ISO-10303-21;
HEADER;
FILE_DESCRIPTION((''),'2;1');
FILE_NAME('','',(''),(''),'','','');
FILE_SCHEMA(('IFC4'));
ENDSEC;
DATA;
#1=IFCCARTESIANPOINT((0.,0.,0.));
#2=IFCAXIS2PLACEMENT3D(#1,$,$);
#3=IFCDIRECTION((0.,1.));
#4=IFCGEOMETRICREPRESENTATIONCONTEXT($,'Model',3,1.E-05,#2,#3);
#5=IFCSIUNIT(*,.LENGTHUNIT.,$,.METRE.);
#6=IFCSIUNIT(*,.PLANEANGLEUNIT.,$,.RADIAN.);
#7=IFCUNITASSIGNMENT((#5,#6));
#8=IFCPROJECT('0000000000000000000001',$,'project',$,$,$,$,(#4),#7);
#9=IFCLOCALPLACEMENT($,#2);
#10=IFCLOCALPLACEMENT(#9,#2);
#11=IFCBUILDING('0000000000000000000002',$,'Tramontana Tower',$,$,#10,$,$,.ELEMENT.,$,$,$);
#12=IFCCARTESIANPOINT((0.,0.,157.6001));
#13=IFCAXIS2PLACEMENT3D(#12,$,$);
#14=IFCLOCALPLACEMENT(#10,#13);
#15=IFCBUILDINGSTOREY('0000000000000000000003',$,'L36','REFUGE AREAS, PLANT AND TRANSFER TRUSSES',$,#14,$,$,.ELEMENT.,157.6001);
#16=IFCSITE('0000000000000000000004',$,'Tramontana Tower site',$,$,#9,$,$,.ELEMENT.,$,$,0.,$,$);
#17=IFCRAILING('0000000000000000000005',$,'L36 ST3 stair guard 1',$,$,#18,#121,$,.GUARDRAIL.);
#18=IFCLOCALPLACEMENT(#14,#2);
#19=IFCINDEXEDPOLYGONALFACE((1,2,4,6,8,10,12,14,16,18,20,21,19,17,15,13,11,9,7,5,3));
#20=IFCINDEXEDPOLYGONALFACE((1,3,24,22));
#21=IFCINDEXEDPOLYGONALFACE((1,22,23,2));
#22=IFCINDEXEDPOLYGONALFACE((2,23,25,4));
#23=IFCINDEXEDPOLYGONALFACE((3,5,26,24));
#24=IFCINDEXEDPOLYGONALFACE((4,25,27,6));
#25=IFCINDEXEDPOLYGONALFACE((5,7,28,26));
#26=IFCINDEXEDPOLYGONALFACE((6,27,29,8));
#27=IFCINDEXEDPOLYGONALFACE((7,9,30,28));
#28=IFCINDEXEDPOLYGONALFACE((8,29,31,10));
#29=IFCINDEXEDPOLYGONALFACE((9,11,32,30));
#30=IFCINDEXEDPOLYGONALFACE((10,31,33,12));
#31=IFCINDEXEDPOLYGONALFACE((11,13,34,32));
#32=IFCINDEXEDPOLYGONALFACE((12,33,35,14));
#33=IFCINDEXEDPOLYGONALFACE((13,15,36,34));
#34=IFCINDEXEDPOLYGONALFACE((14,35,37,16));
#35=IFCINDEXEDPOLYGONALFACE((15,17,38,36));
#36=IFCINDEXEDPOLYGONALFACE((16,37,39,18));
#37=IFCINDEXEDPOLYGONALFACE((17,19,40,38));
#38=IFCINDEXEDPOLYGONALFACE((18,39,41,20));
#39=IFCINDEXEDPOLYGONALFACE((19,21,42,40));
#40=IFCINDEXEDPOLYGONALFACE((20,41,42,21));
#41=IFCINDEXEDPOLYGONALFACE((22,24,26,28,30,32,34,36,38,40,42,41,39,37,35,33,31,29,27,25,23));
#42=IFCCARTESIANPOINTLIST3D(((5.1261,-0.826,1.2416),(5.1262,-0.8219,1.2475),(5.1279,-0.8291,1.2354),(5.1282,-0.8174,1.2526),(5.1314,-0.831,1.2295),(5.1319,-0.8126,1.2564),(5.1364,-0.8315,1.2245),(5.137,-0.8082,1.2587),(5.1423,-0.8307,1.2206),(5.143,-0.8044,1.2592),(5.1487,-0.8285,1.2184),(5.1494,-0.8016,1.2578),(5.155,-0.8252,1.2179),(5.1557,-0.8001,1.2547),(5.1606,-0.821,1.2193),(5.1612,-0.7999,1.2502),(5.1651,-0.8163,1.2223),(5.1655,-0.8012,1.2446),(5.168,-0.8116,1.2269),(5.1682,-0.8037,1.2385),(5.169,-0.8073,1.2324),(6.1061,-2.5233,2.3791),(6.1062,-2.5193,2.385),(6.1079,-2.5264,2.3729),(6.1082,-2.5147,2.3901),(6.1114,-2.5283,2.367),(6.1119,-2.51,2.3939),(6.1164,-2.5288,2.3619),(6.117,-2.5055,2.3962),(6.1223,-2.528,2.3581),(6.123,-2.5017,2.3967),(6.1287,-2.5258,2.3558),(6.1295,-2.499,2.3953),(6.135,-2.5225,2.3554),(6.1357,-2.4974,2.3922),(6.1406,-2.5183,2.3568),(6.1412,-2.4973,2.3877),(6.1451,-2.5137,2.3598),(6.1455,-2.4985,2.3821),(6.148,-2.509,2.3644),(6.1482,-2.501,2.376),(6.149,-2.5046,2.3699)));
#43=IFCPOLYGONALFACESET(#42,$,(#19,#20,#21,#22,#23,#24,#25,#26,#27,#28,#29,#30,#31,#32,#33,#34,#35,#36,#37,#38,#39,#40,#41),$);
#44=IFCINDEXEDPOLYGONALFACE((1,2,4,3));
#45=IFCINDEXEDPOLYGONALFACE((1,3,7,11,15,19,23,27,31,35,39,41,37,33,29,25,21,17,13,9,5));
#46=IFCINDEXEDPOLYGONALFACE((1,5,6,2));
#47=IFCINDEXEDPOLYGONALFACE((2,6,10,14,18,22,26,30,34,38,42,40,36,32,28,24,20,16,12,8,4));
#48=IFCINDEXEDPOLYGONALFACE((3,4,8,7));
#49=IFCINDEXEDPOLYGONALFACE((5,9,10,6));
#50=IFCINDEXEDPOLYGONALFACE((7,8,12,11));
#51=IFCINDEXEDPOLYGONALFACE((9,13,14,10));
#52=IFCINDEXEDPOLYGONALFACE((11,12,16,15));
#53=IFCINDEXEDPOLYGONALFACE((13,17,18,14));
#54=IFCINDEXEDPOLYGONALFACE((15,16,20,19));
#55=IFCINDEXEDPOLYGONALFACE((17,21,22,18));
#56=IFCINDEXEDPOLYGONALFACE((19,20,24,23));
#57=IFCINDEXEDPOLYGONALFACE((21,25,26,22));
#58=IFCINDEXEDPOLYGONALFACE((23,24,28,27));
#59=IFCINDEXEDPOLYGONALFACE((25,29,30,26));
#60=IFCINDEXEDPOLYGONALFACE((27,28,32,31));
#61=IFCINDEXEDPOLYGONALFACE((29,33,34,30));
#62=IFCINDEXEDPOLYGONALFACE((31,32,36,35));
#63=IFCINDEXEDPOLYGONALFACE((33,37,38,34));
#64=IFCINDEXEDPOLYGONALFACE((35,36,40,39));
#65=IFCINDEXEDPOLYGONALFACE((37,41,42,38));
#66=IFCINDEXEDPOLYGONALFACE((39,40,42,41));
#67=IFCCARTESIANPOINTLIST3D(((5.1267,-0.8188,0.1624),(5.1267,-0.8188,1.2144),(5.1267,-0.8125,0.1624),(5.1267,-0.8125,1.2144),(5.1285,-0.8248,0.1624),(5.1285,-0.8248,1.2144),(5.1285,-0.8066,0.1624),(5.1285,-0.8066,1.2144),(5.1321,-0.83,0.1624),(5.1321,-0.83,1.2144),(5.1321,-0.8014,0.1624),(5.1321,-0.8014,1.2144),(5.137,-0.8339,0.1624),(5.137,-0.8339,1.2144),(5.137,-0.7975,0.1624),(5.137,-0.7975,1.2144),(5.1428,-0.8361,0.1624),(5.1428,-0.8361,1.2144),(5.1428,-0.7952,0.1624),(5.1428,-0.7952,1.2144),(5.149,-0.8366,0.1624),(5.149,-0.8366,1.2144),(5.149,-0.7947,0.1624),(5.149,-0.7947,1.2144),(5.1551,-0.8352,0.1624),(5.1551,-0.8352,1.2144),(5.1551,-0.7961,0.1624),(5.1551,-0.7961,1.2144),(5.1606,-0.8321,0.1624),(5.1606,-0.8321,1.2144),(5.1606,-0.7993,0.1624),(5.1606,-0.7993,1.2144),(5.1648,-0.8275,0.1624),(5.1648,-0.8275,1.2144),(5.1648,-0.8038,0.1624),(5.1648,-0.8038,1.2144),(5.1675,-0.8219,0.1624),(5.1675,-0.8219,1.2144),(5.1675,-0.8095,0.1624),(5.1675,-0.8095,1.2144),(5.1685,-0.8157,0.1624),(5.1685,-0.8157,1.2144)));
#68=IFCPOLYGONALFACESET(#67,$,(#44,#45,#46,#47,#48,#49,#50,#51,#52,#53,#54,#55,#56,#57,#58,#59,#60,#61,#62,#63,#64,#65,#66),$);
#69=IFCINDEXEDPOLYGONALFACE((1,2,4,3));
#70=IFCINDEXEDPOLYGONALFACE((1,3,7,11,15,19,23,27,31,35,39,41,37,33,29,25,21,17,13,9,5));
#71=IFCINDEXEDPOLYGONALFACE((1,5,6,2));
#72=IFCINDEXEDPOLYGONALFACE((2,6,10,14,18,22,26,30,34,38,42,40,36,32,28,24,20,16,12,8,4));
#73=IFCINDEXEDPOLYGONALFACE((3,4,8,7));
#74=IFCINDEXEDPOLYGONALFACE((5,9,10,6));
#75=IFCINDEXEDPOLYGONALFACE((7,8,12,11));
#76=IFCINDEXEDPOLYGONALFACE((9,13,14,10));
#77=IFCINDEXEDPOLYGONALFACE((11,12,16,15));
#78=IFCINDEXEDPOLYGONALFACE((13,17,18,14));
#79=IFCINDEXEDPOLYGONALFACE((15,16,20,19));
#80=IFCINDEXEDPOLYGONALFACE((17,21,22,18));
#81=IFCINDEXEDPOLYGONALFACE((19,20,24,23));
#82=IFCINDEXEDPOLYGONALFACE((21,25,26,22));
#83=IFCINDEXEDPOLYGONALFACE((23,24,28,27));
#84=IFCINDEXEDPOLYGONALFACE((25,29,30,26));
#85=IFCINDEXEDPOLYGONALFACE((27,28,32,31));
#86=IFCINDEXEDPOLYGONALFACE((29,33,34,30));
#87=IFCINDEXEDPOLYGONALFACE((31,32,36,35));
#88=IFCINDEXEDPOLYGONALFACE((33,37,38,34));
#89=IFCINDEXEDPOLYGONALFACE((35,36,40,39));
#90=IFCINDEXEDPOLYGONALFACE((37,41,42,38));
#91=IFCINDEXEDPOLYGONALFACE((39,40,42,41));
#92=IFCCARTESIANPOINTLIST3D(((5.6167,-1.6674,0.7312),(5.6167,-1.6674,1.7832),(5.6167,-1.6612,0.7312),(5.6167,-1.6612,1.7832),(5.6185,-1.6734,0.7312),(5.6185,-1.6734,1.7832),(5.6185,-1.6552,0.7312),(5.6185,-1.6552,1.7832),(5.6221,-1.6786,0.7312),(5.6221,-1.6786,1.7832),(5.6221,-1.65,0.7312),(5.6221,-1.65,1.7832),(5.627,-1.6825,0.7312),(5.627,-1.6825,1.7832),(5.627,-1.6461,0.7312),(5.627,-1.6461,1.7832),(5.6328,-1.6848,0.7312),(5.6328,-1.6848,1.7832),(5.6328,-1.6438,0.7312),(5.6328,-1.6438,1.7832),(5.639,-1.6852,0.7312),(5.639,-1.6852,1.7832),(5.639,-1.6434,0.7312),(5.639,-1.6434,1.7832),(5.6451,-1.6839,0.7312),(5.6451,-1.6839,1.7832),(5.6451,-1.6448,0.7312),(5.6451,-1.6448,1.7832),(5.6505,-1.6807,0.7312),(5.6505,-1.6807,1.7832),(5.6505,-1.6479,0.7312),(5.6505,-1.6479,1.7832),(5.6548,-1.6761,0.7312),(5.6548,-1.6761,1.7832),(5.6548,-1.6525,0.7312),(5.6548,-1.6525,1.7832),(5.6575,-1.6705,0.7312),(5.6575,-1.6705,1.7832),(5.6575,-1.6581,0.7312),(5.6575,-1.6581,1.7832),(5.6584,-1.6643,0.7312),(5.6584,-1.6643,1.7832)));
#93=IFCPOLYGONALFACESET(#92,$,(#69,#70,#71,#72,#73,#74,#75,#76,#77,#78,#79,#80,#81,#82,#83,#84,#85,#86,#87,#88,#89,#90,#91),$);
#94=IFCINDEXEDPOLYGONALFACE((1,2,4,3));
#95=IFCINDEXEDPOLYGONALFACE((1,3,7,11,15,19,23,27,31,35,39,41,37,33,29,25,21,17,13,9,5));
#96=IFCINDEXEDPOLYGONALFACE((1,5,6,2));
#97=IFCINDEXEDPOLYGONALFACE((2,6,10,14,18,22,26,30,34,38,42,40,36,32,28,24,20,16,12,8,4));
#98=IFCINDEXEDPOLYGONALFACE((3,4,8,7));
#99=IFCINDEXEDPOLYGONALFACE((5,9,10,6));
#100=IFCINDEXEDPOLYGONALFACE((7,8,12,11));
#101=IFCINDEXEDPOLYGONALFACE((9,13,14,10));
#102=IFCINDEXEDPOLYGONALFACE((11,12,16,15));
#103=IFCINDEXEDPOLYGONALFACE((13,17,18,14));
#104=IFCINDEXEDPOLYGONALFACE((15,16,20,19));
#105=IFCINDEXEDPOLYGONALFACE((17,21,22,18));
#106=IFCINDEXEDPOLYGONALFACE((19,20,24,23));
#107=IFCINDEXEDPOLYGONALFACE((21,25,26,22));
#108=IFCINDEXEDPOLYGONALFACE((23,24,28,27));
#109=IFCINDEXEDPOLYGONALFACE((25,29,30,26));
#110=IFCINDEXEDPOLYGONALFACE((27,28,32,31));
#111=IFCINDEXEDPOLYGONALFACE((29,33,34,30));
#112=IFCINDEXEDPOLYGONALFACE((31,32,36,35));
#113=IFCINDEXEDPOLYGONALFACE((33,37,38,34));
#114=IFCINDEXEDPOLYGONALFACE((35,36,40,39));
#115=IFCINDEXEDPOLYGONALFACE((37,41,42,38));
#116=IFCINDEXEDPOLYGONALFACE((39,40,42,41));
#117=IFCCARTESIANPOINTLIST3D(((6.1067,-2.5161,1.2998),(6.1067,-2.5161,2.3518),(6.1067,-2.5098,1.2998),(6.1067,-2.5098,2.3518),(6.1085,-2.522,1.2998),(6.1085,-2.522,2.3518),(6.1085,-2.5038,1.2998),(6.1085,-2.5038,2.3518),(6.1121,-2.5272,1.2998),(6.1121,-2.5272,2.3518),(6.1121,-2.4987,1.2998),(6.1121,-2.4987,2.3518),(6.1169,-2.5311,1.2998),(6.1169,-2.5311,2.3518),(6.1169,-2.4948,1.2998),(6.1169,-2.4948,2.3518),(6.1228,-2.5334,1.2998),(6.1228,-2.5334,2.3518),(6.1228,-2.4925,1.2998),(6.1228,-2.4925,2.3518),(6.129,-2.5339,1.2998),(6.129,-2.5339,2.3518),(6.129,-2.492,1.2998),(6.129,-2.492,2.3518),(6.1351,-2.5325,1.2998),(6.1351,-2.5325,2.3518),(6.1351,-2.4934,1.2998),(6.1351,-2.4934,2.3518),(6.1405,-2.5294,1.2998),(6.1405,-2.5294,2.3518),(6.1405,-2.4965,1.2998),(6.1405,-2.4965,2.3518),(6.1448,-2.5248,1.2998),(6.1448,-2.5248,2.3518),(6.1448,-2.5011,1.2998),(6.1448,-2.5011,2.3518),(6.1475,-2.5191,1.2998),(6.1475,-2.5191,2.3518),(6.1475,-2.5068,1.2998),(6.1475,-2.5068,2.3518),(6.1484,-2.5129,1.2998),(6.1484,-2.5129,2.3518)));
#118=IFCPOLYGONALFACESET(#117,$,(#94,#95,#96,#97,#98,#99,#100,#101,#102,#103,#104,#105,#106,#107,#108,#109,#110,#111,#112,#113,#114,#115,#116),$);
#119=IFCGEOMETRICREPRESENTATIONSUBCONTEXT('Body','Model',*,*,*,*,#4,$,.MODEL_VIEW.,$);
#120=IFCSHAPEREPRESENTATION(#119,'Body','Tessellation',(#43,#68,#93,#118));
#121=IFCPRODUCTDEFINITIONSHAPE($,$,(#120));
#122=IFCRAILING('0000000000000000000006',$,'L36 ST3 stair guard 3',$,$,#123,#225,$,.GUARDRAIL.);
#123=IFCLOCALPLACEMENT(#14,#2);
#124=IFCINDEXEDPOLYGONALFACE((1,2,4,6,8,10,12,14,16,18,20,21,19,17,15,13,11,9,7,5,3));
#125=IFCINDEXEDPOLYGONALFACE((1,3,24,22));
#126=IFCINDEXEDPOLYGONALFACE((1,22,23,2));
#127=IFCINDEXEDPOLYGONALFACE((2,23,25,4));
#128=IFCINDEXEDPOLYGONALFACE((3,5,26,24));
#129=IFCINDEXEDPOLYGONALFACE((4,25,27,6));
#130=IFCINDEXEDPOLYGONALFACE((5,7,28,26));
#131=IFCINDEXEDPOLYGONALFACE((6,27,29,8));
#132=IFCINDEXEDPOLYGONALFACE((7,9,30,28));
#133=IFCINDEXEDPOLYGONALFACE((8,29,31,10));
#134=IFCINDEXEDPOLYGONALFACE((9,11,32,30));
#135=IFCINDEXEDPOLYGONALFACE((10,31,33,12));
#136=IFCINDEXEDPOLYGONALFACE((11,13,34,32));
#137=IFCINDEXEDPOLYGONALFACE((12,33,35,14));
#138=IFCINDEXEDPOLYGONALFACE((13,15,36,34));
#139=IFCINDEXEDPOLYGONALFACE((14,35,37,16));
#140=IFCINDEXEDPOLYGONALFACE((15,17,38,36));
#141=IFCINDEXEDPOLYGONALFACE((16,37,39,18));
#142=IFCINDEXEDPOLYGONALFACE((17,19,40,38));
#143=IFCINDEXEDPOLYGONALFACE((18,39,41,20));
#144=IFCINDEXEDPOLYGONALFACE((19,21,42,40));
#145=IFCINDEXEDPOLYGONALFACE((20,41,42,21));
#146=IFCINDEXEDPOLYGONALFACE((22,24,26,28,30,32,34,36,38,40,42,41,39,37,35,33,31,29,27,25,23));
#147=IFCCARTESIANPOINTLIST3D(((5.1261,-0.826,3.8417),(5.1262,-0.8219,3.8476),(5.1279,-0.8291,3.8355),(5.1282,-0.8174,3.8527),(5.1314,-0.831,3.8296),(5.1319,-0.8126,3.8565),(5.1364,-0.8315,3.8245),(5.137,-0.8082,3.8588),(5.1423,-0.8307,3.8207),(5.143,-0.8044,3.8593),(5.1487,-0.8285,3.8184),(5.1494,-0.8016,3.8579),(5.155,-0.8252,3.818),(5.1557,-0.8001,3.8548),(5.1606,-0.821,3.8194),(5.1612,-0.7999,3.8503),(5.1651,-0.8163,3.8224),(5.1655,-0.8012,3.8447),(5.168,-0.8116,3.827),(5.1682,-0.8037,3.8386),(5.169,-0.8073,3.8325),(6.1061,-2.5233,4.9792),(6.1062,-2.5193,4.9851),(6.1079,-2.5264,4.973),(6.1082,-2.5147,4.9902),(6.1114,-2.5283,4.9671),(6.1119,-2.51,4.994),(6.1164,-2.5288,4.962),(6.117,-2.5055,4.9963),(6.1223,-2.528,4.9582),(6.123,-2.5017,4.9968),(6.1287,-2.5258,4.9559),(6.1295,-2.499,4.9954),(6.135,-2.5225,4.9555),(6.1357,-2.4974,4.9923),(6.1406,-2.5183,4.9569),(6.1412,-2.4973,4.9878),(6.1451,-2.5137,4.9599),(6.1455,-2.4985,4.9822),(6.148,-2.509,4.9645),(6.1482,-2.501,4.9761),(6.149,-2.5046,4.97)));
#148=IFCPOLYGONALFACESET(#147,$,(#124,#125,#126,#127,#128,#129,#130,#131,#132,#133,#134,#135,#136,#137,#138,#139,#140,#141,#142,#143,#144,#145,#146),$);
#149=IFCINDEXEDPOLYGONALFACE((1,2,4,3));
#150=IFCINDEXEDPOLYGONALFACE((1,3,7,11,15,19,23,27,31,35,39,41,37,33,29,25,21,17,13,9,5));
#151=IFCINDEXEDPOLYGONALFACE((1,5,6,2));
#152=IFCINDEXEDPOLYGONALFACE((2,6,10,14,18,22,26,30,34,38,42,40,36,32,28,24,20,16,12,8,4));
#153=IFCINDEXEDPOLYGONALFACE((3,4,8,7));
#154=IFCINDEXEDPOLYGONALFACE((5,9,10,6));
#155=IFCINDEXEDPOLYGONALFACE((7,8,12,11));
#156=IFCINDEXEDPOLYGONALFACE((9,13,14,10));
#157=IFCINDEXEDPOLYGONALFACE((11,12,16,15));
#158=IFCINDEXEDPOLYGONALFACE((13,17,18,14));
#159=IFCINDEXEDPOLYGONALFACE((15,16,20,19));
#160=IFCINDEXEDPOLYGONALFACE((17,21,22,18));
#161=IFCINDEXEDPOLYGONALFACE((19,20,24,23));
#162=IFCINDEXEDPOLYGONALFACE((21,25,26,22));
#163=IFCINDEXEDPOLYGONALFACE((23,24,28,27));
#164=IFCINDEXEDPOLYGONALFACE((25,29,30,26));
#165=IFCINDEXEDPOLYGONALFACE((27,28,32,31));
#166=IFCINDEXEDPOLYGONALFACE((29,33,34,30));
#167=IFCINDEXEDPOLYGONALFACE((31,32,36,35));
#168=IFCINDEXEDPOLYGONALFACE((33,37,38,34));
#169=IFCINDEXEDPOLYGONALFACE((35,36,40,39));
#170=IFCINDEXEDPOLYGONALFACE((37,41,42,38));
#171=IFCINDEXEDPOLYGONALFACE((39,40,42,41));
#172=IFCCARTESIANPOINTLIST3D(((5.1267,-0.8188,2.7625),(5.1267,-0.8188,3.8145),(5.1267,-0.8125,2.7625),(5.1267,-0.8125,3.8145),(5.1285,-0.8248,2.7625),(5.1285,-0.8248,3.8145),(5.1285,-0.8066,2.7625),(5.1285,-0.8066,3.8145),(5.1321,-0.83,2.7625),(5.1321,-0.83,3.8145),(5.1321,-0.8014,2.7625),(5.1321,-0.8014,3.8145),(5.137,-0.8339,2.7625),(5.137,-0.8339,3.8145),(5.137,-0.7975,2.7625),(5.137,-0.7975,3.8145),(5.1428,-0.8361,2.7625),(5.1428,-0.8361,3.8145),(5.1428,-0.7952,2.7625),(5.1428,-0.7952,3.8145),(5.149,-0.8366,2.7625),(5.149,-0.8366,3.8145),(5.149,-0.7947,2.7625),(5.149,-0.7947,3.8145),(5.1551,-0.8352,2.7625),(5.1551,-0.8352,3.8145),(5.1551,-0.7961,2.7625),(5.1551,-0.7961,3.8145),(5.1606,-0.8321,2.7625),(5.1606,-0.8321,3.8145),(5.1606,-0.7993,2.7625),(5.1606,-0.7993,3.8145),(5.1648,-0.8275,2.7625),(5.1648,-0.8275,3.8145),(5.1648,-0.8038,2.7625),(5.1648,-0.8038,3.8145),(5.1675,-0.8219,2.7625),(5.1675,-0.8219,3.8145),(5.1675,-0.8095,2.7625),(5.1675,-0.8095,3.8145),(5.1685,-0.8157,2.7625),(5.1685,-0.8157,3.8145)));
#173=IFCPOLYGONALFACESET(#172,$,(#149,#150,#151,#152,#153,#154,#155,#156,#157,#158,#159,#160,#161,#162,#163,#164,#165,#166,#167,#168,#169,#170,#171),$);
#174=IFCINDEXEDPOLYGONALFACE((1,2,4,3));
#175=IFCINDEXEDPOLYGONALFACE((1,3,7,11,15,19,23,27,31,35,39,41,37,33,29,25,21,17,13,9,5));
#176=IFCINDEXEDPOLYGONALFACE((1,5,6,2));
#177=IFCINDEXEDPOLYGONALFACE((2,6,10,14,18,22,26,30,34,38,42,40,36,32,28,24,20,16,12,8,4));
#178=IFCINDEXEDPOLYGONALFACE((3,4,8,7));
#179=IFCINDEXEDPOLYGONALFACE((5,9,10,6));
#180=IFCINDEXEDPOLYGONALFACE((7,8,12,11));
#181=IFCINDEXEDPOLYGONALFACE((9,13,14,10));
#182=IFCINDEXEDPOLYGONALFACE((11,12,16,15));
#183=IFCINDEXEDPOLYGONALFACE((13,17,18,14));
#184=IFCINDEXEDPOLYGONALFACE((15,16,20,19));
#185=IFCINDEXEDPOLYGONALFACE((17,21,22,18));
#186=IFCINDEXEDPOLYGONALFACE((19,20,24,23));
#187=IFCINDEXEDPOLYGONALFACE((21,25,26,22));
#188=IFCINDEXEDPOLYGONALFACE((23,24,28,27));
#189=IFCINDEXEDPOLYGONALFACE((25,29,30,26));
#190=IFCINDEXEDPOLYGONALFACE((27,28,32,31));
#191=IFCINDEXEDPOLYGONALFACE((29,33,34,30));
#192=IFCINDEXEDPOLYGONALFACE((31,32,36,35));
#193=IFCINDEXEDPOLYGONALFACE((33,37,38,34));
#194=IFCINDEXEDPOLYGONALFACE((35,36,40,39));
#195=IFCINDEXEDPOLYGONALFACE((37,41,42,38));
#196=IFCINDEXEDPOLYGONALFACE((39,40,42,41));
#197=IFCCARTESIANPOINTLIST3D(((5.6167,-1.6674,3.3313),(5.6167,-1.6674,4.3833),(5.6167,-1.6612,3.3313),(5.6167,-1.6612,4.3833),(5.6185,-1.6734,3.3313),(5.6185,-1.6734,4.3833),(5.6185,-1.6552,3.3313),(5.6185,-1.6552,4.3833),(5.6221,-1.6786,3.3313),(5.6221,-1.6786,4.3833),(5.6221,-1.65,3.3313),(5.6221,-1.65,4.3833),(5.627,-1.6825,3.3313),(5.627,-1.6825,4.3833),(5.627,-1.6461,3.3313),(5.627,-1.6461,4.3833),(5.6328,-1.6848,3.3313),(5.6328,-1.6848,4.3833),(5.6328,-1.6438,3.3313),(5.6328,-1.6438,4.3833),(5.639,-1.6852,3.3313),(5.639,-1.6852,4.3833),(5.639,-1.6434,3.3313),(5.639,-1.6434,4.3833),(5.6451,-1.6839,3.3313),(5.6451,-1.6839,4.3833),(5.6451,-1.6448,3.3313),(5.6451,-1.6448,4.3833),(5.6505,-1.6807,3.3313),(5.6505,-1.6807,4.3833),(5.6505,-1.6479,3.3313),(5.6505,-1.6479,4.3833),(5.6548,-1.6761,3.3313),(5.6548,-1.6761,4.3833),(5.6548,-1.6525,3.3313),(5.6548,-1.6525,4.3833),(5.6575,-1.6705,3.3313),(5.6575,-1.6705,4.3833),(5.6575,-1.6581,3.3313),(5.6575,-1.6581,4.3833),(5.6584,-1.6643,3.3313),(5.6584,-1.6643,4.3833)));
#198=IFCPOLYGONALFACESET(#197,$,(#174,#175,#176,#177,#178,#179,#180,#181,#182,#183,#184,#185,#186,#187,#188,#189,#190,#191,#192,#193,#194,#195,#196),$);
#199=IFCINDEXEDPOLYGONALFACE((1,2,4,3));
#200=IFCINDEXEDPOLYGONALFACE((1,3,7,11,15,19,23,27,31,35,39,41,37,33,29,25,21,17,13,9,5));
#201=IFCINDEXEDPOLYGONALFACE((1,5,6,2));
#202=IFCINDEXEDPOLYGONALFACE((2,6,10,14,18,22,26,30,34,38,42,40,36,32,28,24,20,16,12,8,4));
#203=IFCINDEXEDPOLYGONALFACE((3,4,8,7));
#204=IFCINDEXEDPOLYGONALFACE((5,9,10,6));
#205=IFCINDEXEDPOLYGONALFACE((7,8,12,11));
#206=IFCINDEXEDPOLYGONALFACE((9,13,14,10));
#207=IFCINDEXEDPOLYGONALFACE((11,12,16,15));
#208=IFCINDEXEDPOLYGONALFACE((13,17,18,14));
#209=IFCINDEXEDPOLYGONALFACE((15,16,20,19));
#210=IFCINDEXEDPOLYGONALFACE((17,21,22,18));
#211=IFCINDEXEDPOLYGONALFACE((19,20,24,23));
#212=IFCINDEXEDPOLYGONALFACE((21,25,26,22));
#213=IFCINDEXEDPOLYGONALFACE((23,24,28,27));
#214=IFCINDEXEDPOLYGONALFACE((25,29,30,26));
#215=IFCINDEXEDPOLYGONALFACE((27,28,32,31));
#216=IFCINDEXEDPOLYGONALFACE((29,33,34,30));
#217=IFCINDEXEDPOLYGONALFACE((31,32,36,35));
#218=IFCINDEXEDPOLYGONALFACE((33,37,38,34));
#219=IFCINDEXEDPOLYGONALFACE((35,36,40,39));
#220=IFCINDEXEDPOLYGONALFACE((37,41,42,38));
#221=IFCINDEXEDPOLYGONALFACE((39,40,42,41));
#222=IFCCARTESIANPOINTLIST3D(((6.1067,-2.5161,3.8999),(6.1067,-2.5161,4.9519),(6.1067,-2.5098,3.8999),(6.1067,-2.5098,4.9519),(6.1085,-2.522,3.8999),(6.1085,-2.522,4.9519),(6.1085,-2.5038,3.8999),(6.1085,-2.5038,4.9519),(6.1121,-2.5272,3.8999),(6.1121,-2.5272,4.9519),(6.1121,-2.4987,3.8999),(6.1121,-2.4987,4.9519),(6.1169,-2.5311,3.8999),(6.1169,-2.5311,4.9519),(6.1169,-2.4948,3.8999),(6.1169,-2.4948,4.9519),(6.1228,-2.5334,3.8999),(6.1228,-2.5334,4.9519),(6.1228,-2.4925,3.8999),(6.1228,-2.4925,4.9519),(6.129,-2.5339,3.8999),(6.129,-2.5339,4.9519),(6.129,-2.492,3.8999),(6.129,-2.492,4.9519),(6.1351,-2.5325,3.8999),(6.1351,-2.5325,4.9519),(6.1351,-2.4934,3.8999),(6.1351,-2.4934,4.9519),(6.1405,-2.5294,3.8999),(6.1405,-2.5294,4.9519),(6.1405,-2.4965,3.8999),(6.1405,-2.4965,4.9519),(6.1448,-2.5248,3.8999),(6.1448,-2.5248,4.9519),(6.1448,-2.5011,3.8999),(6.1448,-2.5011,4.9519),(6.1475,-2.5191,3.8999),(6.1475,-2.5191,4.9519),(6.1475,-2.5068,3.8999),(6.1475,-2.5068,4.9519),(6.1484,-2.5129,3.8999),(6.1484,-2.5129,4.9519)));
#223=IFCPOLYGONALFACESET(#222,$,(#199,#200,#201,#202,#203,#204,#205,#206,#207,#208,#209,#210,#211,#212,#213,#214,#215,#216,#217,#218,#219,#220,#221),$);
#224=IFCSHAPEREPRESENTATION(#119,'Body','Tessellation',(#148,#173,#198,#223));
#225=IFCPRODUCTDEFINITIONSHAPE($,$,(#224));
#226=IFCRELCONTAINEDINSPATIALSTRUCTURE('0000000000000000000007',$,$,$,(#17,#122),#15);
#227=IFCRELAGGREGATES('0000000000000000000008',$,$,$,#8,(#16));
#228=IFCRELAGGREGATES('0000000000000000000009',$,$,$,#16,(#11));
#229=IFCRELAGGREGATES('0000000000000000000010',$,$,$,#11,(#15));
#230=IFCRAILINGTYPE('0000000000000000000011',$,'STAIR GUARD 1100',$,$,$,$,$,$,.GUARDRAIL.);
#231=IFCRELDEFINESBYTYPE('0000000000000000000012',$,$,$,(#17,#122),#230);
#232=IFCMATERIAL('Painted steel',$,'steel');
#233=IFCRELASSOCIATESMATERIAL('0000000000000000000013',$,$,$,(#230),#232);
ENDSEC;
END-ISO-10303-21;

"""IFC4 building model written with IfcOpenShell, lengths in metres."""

from ifc_helpers import new_model, si_unit, direction, frame, origin, origin_2d, place, context, subcontext, project, spatial, circle, extrude, material, type_object, element, save


model = new_model("IFC4")

# Units and contexts
model_context = context("Model", 3, precision=1e-05, world=origin(), true_north=direction((0.0, 1.0)))
body_context = subcontext(model_context, "Body", "Model", "MODEL_VIEW")
ifc_project = project(units=[si_unit("LENGTHUNIT", "METRE"), si_unit("PLANEANGLEUNIT", "RADIAN")], contexts=[model_context])

# Site, building, storey
site_placement = place(None, origin())
site = spatial("IfcSite", under=ifc_project, at=site_placement, Name="Tramontana Tower site", CompositionType="ELEMENT", RefElevation=0.0)
building_placement = place(site_placement, origin())
building = spatial("IfcBuilding", under=site, at=building_placement, Name="Tramontana Tower", CompositionType="ELEMENT")
storey_placement = place(building_placement, frame((0.0, 0.0, 157.6001)))
storey = spatial("IfcBuildingStorey", under=building, at=storey_placement, Name="L36", Description="REFUGE AREAS, PLANT AND TRANSFER TRUSSES", CompositionType="ELEMENT", Elevation=157.6001)

# Railings
ifc_material_1 = material(Name="Painted steel", Category="steel")
railing_type_1 = type_object("IfcRailingType", Name="STAIR GUARD 1100", PredefinedType="GUARDRAIL", material=ifc_material_1)
for number, where, name in (
    (1, (5.1475, -0.8157, 0.1624), "L36 ST3 stair guard 1"),
    (2, (5.1475, -0.8157, 2.7625), "L36 ST3 stair guard 3"),
):
    element("IfcRailing", number, at=place(storey_placement, frame(where)), inside=storey, type_object=railing_type_1, Name=name, PredefinedType="GUARDRAIL", context=body_context, shape_type="SweptSolid", body=[
        extrude(circle(Radius=0.0239, at=origin_2d()), frame((0.0, 0.0, 1.0762), z_axis=(0.432467, -0.749006, 0.501959), x_axis=(0.866011, 0.500024, 0.0)), (0.0, 0.0, 1.0), 2.2661),
        extrude(circle(Radius=0.021, at=origin_2d()), origin(), (0.0, 0.0, 1.0), 1.052),
        extrude(circle(Radius=0.021, at=origin_2d()), frame((0.49, -0.8486, 0.5688)), (0.0, 0.0, 1.0), 1.052),
        extrude(circle(Radius=0.021, at=origin_2d()), frame((0.98, -1.6973, 1.1375)), (0.0, 0.0, 1.0), 1.052),
    ])

save(model, "model.ifc")
